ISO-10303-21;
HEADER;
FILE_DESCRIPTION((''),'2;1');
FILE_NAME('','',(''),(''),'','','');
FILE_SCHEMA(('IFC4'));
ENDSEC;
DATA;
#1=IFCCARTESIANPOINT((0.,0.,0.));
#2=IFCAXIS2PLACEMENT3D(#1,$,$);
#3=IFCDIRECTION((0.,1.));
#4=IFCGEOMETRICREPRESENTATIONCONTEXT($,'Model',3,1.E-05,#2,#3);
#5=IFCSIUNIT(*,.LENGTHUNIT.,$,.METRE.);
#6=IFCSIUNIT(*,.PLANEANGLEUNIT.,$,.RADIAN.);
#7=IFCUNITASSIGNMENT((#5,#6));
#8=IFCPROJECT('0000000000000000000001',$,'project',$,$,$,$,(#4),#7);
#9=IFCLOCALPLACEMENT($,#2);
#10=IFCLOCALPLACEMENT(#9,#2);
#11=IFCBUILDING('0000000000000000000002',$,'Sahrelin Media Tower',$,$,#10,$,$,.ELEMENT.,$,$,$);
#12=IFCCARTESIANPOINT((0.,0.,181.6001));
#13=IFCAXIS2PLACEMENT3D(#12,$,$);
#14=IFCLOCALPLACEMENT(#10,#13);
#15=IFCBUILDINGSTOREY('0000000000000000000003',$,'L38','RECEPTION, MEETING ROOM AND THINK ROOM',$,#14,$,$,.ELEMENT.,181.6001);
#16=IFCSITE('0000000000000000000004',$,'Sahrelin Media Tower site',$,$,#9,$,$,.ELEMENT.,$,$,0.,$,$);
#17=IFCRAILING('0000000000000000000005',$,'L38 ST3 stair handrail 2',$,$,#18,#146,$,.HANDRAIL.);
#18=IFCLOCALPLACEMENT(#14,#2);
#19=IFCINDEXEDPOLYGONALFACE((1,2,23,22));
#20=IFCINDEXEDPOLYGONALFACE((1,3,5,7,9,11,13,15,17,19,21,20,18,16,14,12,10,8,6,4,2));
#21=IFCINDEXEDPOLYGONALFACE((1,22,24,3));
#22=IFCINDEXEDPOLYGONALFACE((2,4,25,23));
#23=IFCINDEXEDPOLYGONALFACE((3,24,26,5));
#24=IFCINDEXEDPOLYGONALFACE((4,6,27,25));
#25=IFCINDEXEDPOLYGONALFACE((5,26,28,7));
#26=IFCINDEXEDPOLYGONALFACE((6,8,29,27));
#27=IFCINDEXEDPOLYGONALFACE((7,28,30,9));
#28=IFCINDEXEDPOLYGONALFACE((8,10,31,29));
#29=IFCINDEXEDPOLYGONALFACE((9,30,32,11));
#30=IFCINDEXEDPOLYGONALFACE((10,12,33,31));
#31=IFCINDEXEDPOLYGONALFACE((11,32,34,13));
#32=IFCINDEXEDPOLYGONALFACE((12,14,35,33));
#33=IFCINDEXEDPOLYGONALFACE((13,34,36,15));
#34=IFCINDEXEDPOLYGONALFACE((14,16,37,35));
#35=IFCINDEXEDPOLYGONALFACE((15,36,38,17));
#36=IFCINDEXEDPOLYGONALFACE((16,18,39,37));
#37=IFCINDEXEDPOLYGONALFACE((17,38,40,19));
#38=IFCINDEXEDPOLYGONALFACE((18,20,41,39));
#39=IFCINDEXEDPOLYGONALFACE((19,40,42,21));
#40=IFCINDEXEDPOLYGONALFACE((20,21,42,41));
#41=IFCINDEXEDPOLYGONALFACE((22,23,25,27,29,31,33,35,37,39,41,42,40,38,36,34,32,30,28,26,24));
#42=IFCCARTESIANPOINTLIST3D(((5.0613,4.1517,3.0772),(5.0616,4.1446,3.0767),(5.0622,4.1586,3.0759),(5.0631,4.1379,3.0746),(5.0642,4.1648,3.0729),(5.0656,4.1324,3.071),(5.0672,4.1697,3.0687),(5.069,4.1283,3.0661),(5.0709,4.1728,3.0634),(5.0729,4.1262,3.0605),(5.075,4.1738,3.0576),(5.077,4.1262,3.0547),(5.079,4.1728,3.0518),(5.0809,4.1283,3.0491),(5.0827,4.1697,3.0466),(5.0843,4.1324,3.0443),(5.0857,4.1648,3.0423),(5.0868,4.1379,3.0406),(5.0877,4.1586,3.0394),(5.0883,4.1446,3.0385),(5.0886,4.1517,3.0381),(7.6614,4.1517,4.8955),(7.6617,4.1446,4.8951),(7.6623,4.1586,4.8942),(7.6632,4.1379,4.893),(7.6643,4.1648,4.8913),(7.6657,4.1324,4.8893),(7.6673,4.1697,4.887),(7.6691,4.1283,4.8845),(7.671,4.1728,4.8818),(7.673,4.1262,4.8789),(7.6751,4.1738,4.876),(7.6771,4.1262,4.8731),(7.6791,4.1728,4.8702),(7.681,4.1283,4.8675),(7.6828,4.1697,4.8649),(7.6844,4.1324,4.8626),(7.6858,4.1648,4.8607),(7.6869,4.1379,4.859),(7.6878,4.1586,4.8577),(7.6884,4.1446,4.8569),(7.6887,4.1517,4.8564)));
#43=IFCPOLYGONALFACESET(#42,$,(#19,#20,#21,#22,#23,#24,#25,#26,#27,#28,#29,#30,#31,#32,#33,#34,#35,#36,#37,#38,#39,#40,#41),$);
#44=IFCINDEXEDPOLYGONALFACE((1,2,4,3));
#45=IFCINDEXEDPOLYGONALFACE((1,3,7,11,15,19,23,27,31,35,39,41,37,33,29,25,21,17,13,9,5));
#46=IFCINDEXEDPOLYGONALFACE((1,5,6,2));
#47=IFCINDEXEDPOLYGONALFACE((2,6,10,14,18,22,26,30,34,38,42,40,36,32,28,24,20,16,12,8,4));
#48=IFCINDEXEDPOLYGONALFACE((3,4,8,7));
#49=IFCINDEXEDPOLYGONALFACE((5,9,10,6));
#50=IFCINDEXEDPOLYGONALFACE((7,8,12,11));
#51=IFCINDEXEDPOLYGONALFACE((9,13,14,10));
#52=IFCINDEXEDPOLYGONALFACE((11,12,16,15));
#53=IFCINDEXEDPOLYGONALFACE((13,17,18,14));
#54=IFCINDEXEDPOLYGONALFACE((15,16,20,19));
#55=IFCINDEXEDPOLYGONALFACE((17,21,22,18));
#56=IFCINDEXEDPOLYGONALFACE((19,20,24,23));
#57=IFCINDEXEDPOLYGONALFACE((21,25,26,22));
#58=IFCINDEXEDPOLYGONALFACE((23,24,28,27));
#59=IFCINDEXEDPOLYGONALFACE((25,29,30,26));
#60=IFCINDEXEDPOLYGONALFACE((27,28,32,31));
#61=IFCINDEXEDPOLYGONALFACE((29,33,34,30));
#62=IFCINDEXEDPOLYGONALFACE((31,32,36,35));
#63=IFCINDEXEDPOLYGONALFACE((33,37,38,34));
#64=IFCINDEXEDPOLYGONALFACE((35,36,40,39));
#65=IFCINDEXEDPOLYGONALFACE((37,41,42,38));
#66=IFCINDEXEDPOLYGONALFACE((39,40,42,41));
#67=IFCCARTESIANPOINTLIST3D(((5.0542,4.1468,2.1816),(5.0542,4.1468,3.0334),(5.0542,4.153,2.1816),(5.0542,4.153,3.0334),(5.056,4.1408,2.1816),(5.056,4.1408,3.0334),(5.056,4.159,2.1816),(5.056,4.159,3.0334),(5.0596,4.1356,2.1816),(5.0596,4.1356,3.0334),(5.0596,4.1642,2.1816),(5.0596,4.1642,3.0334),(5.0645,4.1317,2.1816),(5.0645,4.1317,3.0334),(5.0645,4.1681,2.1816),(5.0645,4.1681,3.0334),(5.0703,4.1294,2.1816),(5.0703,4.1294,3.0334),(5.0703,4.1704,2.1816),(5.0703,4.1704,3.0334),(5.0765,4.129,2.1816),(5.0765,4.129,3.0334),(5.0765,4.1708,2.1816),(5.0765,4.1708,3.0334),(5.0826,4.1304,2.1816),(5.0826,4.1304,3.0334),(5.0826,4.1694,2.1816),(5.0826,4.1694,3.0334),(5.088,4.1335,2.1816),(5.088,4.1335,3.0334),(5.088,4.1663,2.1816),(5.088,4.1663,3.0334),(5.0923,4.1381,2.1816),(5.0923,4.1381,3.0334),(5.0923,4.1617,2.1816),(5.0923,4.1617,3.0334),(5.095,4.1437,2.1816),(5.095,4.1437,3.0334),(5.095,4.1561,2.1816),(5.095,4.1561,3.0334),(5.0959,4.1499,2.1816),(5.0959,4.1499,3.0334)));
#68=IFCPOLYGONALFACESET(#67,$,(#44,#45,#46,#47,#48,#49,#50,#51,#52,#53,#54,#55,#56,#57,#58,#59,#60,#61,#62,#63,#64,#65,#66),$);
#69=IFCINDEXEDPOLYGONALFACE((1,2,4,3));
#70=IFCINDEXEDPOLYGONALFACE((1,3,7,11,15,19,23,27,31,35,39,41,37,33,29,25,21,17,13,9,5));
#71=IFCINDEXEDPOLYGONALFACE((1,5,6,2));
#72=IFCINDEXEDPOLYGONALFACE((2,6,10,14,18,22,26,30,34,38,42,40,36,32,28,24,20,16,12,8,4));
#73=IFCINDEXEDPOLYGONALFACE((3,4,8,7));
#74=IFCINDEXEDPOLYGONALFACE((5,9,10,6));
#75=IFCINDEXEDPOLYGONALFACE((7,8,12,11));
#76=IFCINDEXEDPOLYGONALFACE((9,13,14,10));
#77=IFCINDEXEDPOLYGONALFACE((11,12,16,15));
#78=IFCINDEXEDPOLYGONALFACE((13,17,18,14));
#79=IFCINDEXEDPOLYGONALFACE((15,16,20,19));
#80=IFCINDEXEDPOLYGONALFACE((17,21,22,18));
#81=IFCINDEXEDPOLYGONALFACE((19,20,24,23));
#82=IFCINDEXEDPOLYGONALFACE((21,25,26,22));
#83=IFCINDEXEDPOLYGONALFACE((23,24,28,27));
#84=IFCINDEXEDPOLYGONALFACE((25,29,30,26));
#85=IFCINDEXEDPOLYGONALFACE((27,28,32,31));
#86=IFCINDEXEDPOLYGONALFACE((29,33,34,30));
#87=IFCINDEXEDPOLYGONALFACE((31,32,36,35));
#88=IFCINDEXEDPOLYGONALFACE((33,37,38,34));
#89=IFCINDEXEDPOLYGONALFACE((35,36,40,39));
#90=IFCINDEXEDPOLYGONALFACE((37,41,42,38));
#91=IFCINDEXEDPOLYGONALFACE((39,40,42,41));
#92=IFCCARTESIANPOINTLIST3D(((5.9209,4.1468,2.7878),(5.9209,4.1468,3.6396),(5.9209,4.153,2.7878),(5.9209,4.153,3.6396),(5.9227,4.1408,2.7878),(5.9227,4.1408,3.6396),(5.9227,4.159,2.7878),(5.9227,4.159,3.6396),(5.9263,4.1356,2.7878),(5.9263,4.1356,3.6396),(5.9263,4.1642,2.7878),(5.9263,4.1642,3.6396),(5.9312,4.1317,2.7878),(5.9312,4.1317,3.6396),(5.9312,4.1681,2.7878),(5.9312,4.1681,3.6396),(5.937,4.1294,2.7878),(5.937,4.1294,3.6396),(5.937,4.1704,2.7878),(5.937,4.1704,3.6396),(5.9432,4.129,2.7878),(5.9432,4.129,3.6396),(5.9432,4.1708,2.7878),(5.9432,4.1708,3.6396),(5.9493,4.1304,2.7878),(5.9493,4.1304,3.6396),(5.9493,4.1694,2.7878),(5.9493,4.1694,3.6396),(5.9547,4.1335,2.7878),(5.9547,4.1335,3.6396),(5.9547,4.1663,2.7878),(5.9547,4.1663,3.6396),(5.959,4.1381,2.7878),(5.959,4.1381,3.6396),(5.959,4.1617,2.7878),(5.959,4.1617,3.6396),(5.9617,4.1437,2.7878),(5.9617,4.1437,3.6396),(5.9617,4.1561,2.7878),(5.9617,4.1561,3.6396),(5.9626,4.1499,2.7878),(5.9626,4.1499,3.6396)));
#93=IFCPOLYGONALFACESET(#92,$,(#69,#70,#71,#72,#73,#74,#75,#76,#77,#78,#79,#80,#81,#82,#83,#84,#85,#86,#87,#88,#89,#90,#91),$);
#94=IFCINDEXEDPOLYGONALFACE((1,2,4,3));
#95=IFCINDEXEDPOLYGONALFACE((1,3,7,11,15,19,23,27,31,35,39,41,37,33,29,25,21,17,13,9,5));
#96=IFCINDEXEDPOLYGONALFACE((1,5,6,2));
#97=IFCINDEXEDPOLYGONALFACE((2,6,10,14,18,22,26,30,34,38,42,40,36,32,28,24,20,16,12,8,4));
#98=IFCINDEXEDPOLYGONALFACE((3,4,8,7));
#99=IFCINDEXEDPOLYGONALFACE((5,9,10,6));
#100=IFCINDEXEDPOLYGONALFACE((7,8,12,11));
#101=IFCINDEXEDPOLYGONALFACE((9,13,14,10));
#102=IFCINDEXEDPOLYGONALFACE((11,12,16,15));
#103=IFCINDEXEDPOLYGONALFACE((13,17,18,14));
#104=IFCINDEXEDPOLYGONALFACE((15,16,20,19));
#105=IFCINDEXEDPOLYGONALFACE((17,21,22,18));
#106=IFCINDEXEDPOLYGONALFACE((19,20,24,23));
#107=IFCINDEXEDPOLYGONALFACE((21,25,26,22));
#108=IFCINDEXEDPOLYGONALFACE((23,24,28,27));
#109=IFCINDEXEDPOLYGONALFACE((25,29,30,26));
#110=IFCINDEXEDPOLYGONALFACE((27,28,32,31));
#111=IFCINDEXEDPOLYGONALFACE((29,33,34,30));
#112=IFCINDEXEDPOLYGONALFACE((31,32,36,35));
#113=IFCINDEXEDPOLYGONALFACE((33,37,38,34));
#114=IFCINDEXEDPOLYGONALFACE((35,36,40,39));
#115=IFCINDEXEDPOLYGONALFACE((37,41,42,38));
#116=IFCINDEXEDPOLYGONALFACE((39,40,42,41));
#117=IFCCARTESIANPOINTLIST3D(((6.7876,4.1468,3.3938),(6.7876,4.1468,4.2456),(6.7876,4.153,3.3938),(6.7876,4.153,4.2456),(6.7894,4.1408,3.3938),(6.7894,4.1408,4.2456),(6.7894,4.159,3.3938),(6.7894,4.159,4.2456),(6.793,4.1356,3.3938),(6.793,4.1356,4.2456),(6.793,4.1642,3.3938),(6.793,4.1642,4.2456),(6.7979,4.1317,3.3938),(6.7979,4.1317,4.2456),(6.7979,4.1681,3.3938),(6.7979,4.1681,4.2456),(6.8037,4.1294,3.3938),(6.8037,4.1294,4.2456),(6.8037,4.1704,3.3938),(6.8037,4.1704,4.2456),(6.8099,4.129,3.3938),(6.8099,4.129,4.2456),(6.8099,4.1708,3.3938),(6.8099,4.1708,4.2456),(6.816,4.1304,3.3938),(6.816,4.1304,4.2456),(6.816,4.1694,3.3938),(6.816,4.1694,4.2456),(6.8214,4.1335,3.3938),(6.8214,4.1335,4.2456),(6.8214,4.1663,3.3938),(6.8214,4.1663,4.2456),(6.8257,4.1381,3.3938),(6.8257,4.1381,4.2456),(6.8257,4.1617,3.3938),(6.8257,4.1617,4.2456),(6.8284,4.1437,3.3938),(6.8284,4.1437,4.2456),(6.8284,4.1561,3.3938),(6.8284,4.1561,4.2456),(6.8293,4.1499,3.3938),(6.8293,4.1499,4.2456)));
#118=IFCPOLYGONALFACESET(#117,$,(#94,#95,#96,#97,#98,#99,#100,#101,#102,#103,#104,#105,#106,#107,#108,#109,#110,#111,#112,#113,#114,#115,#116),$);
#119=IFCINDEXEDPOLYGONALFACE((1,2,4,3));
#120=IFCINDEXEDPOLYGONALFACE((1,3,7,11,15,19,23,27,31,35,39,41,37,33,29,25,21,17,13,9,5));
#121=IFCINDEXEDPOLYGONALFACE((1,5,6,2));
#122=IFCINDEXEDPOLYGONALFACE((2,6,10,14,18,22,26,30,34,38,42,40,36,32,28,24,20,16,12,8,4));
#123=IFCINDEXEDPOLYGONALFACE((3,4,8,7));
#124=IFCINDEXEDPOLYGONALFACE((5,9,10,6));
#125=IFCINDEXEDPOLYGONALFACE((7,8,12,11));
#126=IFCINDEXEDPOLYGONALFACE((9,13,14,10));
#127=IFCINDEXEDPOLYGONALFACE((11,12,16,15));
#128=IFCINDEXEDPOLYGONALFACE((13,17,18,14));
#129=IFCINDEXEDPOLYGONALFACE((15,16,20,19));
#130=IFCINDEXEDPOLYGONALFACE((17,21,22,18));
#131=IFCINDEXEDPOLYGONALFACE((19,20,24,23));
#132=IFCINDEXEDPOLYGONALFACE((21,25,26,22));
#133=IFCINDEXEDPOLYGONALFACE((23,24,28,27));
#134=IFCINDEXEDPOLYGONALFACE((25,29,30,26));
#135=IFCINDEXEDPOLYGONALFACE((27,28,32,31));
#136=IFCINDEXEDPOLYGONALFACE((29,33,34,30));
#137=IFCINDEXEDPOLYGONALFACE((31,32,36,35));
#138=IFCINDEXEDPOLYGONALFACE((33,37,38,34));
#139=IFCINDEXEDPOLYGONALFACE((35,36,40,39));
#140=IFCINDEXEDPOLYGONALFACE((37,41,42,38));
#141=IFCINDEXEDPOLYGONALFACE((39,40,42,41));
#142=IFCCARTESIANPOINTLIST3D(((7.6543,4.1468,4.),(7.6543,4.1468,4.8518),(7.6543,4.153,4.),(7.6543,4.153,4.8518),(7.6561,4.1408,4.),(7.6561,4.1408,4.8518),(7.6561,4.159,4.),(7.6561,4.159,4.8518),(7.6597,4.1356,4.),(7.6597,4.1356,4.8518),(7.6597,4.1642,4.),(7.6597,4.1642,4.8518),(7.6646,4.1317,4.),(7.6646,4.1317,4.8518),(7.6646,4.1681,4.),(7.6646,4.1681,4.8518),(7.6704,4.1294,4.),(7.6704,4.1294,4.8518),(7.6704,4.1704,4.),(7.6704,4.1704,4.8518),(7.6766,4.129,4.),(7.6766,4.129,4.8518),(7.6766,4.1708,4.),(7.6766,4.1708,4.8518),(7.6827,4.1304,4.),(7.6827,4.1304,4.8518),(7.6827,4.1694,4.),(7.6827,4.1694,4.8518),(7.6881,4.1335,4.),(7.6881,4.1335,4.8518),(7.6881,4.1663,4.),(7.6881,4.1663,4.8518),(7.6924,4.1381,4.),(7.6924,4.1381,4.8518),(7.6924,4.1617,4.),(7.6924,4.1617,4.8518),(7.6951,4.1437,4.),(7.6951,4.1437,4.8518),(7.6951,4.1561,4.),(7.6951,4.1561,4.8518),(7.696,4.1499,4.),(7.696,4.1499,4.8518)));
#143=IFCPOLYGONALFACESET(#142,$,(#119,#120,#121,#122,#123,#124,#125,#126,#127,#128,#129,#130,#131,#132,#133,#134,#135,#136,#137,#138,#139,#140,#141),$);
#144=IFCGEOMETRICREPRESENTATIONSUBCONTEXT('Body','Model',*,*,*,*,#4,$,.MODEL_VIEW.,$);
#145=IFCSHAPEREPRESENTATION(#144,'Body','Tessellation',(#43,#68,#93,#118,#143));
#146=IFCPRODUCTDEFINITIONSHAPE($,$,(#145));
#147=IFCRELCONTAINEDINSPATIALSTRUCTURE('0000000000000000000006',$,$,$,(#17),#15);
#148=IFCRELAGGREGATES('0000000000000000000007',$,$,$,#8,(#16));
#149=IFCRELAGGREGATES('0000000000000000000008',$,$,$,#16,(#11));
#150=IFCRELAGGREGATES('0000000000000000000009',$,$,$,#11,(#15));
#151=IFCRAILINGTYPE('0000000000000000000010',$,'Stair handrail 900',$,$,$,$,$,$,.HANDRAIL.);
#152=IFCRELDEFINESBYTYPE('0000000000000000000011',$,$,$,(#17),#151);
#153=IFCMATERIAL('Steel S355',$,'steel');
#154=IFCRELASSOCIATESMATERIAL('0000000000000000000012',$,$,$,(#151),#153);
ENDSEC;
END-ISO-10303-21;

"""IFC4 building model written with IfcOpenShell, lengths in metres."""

from ifc_helpers import new_model, si_unit, direction, frame, origin, origin_2d, place, context, subcontext, project, spatial, circle, extrude, material, type_object, element, save


model = new_model("IFC4")

# Units and contexts
model_context = context("Model", 3, precision=1e-05, world=origin(), true_north=direction((0.0, 1.0)))
body_context = subcontext(model_context, "Body", "Model", "MODEL_VIEW")
ifc_project = project(units=[si_unit("LENGTHUNIT", "METRE"), si_unit("PLANEANGLEUNIT", "RADIAN")], contexts=[model_context])

# Site, building, storey
site_placement = place(None, origin())
site = spatial("IfcSite", under=ifc_project, at=site_placement, Name="Sahrelin Media Tower site", CompositionType="ELEMENT", RefElevation=0.0)
building_placement = place(site_placement, origin())
building = spatial("IfcBuilding", under=site, at=building_placement, Name="Sahrelin Media Tower", CompositionType="ELEMENT")
storey_placement = place(building_placement, frame((0.0, 0.0, 181.6001)))
storey = spatial("IfcBuildingStorey", under=building, at=storey_placement, Name="L38", Description="RECEPTION, MEETING ROOM AND THINK ROOM", CompositionType="ELEMENT", Elevation=181.6001)

# Shared definitions
ifc_material_1 = material(Name="Steel S355", Category="steel")

# Railing
railing_type_1 = type_object("IfcRailingType", Name="Stair handrail 900", PredefinedType="HANDRAIL", material=ifc_material_1)
railing_1_placement = place(storey_placement, frame((5.075, 4.1499, 2.1816)))
element("IfcRailing", 1, at=railing_1_placement, inside=storey, type_object=railing_type_1, Name="L38 ST3 stair handrail 2", PredefinedType="HANDRAIL", context=body_context, shape_type="SweptSolid", body=[
    extrude(circle(Radius=0.0239, at=origin_2d()), frame((0.0, 0.0, 0.876), z_axis=(0.819485, 0.0, 0.573101), x_axis=(0.0, 1.0, 0.0)), (0.0, 0.0, 1.0), 3.1729),
    extrude(circle(Radius=0.021, at=origin_2d()), origin(), (0.0, 0.0, 1.0), 0.8518),
    extrude(circle(Radius=0.021, at=origin_2d()), frame((0.8667, 0.0, 0.6062)), (0.0, 0.0, 1.0), 0.8518),
    extrude(circle(Radius=0.021, at=origin_2d()), frame((1.7334, 0.0, 1.2122)), (0.0, 0.0, 1.0), 0.8518),
    extrude(circle(Radius=0.021, at=origin_2d()), frame((2.6001, 0.0, 1.8184)), (0.0, 0.0, 1.0), 0.8518),
])

save(model, "model.ifc")
